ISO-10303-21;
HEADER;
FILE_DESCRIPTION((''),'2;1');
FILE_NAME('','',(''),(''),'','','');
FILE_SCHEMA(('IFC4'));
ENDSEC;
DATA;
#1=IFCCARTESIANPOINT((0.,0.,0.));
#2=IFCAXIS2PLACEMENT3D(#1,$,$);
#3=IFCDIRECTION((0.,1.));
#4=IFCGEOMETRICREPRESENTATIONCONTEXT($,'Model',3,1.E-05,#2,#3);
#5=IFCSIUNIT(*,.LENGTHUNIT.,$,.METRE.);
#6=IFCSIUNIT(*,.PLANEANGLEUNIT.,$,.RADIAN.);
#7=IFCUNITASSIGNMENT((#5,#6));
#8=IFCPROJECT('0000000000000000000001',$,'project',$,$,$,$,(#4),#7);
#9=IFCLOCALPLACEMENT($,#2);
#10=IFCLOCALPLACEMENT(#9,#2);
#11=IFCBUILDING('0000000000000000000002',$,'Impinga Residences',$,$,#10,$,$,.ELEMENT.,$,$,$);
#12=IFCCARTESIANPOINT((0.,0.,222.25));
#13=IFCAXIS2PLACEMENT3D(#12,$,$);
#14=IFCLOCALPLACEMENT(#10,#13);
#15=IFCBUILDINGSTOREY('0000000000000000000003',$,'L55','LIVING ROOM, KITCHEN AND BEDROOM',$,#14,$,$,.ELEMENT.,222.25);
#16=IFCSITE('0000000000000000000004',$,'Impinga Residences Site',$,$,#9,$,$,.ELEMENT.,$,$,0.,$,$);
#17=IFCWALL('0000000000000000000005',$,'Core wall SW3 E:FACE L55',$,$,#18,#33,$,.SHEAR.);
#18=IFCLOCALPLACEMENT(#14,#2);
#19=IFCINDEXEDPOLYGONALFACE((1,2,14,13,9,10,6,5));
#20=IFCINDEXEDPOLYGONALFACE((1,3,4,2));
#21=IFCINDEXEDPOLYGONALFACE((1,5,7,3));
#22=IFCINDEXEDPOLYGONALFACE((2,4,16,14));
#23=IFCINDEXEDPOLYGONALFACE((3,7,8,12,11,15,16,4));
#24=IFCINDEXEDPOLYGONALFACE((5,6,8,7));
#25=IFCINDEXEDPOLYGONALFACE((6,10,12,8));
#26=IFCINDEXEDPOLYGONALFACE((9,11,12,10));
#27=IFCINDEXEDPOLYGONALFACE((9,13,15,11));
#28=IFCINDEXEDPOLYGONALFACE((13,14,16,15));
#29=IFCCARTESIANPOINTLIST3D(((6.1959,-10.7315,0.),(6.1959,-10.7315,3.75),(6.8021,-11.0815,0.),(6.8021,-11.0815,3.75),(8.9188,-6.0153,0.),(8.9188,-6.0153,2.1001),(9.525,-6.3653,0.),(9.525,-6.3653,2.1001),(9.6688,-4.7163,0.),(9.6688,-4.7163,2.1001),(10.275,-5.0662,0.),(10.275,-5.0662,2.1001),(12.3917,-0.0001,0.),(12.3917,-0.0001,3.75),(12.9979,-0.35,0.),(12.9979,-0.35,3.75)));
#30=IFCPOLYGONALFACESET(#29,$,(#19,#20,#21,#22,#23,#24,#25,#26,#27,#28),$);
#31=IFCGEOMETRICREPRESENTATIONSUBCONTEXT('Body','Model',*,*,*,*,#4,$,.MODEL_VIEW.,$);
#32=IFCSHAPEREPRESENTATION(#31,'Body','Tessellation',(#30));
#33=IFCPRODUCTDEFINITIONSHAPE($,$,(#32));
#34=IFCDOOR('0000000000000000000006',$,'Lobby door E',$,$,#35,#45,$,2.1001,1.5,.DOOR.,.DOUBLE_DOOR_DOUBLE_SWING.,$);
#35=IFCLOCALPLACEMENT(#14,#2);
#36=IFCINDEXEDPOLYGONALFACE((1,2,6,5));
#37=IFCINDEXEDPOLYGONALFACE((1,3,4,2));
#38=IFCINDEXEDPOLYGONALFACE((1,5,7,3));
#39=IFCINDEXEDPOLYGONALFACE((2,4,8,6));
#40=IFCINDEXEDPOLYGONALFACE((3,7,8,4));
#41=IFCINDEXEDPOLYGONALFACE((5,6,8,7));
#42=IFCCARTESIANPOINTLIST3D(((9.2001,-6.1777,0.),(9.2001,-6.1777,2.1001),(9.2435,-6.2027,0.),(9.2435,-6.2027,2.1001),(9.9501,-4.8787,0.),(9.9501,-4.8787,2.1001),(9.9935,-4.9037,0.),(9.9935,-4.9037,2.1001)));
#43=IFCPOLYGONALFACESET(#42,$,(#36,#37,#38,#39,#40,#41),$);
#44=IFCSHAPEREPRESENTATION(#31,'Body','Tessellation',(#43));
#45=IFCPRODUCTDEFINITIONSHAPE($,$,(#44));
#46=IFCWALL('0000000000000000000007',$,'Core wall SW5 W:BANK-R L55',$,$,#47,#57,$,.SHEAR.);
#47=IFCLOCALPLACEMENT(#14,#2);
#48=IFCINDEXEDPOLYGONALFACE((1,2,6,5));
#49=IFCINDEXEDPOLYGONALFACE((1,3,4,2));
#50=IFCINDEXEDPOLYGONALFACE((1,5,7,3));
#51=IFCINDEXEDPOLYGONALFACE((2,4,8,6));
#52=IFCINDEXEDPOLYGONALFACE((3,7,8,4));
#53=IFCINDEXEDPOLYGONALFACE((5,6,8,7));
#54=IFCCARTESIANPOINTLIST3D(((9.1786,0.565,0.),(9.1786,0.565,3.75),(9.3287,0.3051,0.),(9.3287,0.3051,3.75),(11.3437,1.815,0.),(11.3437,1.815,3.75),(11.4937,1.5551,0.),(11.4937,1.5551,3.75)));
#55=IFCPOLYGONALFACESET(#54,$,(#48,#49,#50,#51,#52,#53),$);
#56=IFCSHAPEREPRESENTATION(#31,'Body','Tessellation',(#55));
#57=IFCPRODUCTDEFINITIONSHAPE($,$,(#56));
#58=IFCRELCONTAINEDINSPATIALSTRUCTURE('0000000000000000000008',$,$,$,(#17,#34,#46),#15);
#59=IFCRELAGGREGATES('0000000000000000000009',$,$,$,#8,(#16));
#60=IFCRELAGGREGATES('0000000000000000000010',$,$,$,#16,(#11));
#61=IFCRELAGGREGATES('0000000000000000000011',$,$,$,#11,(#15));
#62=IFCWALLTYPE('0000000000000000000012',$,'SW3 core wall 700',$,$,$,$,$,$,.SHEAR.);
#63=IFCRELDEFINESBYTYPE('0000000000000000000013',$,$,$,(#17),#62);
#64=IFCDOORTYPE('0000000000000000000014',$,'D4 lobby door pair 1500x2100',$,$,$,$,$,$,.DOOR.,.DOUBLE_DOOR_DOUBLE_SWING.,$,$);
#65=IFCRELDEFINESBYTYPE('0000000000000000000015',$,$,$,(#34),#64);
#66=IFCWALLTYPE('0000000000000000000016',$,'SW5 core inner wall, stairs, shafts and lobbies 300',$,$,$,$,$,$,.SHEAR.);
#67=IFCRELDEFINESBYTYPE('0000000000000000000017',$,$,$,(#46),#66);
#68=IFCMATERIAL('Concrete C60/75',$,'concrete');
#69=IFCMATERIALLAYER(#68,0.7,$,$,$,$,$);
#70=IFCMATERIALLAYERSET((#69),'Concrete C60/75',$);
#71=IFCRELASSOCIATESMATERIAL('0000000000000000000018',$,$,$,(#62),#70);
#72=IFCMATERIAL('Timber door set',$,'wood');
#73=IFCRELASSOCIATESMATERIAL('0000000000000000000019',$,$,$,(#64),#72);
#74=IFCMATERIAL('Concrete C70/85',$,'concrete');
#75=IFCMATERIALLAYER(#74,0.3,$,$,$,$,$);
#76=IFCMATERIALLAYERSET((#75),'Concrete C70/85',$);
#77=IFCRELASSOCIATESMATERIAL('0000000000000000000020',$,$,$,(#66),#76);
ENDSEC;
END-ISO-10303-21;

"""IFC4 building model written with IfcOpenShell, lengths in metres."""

from ifc_helpers import new_model, si_unit, direction, frame, frame_2d, origin, place, context, subcontext, project, spatial, rectangle, extrude, material, layer, layer_set, type_object, element, fill, save


model = new_model("IFC4")

# Units and contexts
model_context = context("Model", 3, precision=1e-05, world=origin(), true_north=direction((0.0, 1.0)))
body_context = subcontext(model_context, "Body", "Model", "MODEL_VIEW")
ifc_project = project(units=[si_unit("LENGTHUNIT", "METRE"), si_unit("PLANEANGLEUNIT", "RADIAN")], contexts=[model_context])

# Site, building, storey
site_placement = place(None, origin())
site = spatial("IfcSite", under=ifc_project, at=site_placement, Name="Impinga Residences Site", CompositionType="ELEMENT", RefElevation=0.0)
building_placement = place(site_placement, origin())
building = spatial("IfcBuilding", under=site, at=building_placement, Name="Impinga Residences", CompositionType="ELEMENT")
storey_placement = place(building_placement, frame((0.0, 0.0, 222.25)))
storey = spatial("IfcBuildingStorey", under=building, at=storey_placement, Name="L55", Description="LIVING ROOM, KITCHEN AND BEDROOM", CompositionType="ELEMENT", Elevation=222.25)

# Shared definitions
ifc_material_1 = material(Name="Concrete C60/75", Category="concrete")

# Shared definitions
ifc_material_2 = material(Name="Timber door set", Category="wood")

# Wall, opening, door
ifc_layer_1 = layer(ifc_material_1, 0.7)
ifc_layer_set_1 = layer_set([ifc_layer_1], Name="Concrete C60/75")
wall_type_1 = type_object("IfcWallType", Name="SW3 core wall 700", PredefinedType="SHEAR", material=ifc_layer_set_1)
wall_1_placement = place(storey_placement, frame((12.6948, -0.175, 0.0), z_axis=(0.0, 0.0, 1.0), x_axis=(-0.5, -0.866025, 0.0)))
wall_1 = element("IfcWall", 1, at=wall_1_placement, inside=storey, type_object=wall_type_1, Name="Core wall SW3 E:FACE L55", PredefinedType="SHEAR", context=body_context, shape_type="SweptSolid", body=[
    extrude(rectangle(XDim=12.3916, YDim=0.7, at=frame_2d((6.1958, 0.0))), origin(), (0.0, 0.0, 1.0), 3.75),
])
opening_1_placement = place(wall_1_placement, frame((5.4458, 0.0, 0.0)))
opening_1 = element("IfcOpeningElement", 2, at=opening_1_placement, cuts=wall_1, PredefinedType="OPENING", context=body_context, shape_type="SweptSolid", body=[
    extrude(rectangle(XDim=1.5, YDim=2.1001, at=frame_2d((0.75, 1.05))), frame((0.0, 0.3599, 0.0), z_axis=(0.0, -1.0, 0.0), x_axis=(1.0, 0.0, 0.0)), (0.0, 0.0, 1.0), 0.72),
])
door_type_1 = type_object("IfcDoorType", Name="D4 lobby door pair 1500x2100", OperationType="DOUBLE_DOOR_DOUBLE_SWING", PredefinedType="DOOR", material=ifc_material_2)
door_1_placement = place(opening_1_placement, origin())
door_1 = element("IfcDoor", 3, at=door_1_placement, inside=storey, type_object=door_type_1, Name="Lobby door E", OperationType="DOUBLE_DOOR_DOUBLE_SWING", OverallHeight=2.1001, OverallWidth=1.5, PredefinedType="DOOR", context=body_context, shape_type="SweptSolid", body=[
    extrude(rectangle(XDim=1.5, YDim=2.1001, at=frame_2d((0.75, 1.05))), frame((0.0, 0.0249, 0.0), z_axis=(0.0, -1.0, 0.0), x_axis=(1.0, 0.0, 0.0)), (0.0, 0.0, 1.0), 0.05),
])
fill(opening_1, door_1)

# Wall
ifc_material_3 = material(Name="Concrete C70/85", Category="concrete")
ifc_layer_2 = layer(ifc_material_3, 0.3)
ifc_layer_set_2 = layer_set([ifc_layer_2], Name="Concrete C70/85")
wall_type_2 = type_object("IfcWallType", Name="SW5 core inner wall, stairs, shafts and lobbies 300", PredefinedType="SHEAR", material=ifc_layer_set_2)
wall_2_placement = place(storey_placement, frame((9.2537, 0.4351, 0.0), z_axis=(0.0, 0.0, 1.0), x_axis=(0.866023, 0.500004, 0.0)))
element("IfcWall", 4, at=wall_2_placement, inside=storey, type_object=wall_type_2, Name="Core wall SW5 W:BANK-R L55", PredefinedType="SHEAR", context=body_context, shape_type="SweptSolid", body=[
    extrude(rectangle(XDim=2.5, YDim=0.3, at=frame_2d((1.25, 0.0))), origin(), (0.0, 0.0, 1.0), 3.75),
])

save(model, "model.ifc")
